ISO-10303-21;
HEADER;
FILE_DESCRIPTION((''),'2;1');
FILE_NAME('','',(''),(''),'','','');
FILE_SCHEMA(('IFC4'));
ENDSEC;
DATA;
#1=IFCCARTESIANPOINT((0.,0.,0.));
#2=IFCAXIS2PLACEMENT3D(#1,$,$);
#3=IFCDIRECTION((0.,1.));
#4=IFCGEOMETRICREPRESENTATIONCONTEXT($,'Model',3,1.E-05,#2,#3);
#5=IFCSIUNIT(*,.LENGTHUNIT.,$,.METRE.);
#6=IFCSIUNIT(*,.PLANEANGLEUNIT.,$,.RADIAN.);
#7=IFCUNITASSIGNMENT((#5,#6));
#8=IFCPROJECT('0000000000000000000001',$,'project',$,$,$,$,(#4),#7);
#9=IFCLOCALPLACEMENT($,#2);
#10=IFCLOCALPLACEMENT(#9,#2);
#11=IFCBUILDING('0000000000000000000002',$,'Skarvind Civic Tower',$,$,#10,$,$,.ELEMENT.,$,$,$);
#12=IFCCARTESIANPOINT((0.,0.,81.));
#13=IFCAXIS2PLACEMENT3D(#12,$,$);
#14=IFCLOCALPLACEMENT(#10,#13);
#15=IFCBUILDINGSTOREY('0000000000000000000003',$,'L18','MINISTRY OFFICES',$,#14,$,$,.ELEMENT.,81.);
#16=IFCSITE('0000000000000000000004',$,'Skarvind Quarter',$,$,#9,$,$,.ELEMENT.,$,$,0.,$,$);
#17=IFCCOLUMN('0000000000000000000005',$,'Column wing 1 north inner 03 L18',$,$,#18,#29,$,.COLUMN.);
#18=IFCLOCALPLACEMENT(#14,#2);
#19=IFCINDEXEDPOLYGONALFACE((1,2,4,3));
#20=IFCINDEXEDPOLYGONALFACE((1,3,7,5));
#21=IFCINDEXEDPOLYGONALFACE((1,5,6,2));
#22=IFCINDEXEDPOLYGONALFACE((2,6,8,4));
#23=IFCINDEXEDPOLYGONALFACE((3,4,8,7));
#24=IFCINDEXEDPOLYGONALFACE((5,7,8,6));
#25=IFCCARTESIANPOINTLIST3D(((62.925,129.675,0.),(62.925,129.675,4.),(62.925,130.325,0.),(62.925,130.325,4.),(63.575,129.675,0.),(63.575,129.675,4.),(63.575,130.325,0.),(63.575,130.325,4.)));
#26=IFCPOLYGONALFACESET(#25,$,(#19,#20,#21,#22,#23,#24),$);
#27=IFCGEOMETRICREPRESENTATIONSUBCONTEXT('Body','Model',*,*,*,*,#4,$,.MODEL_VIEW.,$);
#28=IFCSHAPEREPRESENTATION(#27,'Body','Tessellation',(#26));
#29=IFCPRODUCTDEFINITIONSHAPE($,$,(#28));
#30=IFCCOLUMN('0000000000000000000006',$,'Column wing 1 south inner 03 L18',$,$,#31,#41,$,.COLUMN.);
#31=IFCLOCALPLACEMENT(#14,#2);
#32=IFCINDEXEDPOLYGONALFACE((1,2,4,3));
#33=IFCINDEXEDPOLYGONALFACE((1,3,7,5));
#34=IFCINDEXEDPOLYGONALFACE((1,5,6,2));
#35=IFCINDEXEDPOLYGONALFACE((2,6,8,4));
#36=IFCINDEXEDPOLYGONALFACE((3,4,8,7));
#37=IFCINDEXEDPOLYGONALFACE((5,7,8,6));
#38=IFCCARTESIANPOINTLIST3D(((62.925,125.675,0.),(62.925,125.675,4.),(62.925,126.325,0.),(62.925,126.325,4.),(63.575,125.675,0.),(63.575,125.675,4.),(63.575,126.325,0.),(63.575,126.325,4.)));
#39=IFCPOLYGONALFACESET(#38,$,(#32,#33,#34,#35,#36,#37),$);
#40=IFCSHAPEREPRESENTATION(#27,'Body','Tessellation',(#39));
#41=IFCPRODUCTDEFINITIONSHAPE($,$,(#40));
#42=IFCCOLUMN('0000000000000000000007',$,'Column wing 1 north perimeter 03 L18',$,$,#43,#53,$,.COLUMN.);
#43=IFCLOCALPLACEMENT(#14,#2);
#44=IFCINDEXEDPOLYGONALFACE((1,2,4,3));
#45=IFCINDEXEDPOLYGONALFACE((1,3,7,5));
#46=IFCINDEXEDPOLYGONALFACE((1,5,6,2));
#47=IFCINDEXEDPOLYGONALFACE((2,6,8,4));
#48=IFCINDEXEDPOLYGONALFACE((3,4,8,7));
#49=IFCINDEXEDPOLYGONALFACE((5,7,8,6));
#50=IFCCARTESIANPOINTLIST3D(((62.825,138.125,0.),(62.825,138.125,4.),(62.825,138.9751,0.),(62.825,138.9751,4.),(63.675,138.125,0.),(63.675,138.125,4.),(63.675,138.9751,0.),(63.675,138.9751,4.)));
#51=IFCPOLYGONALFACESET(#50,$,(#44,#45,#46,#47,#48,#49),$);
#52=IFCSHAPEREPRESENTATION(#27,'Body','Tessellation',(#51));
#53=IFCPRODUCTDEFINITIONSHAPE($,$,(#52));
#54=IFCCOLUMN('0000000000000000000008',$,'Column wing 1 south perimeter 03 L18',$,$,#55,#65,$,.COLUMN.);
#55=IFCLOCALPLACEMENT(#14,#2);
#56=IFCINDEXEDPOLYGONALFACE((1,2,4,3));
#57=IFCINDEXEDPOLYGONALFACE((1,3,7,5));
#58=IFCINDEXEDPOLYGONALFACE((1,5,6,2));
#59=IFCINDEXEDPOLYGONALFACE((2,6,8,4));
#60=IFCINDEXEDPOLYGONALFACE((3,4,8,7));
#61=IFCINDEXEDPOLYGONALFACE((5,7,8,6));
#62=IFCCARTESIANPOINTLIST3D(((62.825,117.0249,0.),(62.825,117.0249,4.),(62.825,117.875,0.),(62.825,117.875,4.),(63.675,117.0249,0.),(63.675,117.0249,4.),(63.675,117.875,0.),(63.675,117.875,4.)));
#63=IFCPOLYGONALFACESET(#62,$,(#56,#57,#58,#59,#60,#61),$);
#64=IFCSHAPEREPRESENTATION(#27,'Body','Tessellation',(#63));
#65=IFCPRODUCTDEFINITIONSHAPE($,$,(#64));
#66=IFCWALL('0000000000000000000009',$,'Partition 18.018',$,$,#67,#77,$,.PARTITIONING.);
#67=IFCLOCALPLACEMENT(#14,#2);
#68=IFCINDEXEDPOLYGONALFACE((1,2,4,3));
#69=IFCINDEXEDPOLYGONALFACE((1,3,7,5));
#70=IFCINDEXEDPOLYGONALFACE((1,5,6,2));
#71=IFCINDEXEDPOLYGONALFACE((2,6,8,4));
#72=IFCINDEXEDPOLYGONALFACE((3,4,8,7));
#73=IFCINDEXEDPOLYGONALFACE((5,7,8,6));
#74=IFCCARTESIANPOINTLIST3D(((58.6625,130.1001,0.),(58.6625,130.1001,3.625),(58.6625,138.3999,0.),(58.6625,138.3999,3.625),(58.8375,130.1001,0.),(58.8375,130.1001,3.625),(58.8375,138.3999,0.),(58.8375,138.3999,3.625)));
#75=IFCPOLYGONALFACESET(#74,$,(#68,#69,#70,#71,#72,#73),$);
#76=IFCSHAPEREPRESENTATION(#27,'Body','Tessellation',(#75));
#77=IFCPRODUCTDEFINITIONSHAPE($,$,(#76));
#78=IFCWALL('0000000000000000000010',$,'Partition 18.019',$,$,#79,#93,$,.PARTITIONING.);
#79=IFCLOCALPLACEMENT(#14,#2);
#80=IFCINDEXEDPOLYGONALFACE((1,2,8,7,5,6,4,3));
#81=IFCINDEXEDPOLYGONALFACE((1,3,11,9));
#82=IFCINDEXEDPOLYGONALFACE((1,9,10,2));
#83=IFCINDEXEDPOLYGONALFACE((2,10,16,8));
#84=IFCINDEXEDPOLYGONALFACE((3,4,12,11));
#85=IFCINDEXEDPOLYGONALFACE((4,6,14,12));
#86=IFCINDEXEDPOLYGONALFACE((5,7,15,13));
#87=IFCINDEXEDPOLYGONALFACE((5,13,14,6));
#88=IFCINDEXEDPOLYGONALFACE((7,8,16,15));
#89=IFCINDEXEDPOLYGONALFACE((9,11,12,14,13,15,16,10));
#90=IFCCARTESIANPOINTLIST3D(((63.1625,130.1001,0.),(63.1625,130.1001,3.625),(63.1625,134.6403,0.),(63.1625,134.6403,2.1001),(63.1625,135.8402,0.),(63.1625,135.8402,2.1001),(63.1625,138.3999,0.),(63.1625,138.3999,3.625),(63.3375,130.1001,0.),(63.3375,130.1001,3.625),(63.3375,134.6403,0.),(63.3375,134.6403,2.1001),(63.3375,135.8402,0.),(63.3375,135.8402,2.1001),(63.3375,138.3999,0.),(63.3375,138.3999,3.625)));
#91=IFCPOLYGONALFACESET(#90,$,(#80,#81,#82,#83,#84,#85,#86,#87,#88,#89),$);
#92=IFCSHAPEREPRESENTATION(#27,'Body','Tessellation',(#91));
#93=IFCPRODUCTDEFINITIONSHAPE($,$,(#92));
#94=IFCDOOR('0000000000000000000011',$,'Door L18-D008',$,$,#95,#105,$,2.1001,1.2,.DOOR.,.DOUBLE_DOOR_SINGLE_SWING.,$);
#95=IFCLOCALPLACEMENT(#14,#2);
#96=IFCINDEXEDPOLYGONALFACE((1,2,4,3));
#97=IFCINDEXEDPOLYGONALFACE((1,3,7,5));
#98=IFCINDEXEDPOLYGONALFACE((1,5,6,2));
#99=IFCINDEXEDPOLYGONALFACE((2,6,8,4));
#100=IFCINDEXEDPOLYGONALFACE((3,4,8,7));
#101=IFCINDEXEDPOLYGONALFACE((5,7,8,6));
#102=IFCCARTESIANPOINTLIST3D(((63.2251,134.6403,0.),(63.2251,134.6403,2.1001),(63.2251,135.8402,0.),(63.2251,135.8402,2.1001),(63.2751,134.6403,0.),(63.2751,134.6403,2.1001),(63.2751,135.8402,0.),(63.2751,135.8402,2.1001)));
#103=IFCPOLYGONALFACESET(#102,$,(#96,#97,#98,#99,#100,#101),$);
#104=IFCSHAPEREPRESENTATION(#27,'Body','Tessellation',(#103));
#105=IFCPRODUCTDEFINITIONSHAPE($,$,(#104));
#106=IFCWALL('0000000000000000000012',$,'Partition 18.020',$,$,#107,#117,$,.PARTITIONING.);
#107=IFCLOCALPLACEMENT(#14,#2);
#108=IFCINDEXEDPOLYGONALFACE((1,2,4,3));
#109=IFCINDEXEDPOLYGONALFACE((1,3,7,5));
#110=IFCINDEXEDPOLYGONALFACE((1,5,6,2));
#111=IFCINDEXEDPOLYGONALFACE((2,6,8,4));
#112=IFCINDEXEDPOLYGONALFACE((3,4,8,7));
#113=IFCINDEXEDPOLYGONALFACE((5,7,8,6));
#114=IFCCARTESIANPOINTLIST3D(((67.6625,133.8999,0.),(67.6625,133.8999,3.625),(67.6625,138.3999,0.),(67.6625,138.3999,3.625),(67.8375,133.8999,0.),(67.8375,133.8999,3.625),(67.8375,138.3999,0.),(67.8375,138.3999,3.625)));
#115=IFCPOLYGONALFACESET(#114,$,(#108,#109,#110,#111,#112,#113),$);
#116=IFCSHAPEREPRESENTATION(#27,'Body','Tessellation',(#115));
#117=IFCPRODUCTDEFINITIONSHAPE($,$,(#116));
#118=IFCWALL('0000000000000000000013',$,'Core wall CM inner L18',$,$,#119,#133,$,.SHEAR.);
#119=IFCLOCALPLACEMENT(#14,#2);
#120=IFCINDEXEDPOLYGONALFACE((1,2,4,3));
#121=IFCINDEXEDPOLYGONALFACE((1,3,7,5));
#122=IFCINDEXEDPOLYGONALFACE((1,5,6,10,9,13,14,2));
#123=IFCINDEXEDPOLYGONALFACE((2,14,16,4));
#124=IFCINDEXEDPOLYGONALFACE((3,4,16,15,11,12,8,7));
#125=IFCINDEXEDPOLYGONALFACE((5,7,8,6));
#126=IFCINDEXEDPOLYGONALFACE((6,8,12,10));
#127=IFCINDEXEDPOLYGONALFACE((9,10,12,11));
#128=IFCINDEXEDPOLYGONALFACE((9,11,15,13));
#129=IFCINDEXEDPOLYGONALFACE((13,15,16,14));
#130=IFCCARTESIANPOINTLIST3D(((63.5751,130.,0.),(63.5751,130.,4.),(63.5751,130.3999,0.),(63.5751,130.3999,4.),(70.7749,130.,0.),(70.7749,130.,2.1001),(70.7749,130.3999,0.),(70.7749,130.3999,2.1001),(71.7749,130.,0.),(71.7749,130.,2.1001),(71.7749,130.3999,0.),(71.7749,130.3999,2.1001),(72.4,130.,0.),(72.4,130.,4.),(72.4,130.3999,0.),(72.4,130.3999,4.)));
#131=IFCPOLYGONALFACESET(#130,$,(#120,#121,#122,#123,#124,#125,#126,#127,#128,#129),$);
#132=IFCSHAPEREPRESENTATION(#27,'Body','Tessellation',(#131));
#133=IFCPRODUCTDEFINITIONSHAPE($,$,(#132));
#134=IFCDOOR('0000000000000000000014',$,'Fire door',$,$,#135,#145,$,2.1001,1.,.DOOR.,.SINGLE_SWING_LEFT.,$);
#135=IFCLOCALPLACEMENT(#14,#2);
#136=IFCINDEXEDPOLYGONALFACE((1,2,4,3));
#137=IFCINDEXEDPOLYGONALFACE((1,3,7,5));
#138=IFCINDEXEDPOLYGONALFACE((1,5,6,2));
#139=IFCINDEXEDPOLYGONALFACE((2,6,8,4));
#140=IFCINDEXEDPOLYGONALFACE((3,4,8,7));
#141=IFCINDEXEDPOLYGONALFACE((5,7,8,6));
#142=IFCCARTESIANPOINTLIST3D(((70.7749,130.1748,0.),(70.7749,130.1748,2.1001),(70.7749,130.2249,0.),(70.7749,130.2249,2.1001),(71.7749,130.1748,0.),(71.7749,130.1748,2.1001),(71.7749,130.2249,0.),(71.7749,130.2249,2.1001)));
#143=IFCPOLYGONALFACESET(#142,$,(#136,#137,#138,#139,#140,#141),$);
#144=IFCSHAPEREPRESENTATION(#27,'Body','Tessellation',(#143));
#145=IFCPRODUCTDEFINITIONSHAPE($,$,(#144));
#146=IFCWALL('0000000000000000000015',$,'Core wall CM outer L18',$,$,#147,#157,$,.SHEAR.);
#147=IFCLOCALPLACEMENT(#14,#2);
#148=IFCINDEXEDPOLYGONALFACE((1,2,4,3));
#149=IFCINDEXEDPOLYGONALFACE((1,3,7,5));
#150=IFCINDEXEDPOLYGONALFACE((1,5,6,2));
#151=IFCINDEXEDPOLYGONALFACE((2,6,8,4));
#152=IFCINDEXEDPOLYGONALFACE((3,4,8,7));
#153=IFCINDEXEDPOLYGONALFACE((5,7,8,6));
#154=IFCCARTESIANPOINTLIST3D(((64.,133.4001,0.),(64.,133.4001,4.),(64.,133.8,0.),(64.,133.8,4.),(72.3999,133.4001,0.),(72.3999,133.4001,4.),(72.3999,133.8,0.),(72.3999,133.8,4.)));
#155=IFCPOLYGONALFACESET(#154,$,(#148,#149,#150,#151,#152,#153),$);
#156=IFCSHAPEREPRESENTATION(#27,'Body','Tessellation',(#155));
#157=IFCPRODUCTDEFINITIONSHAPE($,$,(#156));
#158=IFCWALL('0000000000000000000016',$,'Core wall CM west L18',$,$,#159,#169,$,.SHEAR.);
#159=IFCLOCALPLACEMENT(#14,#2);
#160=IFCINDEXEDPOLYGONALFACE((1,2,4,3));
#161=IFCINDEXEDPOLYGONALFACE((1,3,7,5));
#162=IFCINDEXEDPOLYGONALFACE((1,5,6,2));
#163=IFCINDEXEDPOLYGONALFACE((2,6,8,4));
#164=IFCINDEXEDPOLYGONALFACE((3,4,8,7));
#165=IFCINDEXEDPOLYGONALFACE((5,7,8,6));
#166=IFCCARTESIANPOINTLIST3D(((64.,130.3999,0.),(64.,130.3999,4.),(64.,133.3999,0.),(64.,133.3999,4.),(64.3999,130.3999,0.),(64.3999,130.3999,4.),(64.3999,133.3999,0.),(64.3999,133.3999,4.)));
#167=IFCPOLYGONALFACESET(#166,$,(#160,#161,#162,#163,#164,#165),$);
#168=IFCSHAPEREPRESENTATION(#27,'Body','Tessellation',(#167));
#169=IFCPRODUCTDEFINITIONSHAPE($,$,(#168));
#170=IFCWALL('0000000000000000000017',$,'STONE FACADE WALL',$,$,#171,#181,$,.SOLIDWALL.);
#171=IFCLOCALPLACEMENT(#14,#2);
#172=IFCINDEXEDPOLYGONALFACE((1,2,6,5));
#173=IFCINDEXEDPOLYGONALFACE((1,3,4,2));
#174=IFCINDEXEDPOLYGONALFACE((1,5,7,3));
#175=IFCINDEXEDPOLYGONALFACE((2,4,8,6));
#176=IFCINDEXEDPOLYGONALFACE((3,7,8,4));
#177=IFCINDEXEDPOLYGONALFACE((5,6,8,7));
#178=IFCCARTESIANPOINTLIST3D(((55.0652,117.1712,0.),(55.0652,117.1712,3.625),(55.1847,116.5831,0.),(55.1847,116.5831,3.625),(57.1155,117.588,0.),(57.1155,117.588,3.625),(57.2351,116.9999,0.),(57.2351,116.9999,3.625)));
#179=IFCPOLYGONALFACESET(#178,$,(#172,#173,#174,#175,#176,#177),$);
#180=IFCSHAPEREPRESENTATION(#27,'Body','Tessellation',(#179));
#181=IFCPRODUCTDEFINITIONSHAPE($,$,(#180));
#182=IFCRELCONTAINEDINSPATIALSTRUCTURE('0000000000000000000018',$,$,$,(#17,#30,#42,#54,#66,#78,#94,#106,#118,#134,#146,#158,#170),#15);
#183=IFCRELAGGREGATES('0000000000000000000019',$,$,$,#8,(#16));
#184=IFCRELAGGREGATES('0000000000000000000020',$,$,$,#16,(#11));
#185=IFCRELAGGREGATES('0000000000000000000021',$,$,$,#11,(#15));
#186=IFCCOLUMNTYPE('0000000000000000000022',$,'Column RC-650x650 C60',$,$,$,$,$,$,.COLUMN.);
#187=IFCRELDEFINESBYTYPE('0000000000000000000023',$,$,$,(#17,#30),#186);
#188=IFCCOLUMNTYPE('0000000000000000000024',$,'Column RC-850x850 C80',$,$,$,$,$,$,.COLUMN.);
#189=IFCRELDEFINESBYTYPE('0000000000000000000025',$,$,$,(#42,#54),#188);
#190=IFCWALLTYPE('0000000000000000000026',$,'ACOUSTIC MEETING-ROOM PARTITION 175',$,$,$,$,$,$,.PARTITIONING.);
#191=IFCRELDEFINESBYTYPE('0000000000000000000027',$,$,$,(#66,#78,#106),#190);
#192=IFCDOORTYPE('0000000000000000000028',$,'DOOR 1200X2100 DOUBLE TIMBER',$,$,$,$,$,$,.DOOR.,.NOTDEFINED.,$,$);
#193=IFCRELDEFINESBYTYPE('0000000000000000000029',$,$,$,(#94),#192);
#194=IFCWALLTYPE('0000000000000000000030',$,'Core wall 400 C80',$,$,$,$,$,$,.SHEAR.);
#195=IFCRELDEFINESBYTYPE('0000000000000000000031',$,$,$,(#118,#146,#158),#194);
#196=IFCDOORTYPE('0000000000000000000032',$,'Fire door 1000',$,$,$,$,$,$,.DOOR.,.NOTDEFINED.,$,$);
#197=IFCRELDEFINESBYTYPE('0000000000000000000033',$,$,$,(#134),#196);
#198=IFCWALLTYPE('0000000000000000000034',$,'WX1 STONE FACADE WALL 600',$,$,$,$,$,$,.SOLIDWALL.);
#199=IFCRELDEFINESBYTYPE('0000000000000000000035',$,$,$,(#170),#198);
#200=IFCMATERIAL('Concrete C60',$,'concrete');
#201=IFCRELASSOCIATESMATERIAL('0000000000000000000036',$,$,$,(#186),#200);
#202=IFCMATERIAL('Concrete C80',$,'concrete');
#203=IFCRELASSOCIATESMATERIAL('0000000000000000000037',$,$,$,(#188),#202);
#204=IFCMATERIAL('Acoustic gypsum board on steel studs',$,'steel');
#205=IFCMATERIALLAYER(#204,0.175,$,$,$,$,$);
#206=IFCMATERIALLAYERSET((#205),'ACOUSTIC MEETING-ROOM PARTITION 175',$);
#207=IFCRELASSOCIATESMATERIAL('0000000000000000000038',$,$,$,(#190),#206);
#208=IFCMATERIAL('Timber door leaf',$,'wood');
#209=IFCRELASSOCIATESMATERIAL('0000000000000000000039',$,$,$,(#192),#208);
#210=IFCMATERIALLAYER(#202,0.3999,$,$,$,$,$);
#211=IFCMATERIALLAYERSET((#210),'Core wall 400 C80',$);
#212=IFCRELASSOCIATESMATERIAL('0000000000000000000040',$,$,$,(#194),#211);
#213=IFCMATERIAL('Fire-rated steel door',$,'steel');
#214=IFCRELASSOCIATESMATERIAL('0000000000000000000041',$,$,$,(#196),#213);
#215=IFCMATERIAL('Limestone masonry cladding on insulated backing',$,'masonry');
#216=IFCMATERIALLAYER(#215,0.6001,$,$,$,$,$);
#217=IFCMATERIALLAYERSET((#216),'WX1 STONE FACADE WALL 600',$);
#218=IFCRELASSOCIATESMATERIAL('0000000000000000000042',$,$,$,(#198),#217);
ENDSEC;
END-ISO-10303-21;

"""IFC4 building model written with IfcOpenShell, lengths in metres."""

from ifc_helpers import new_model, si_unit, direction, frame, frame_2d, origin, origin_2d, place, context, subcontext, project, spatial, rectangle, extrude, material, layer, layer_set, material_profile, profile_set, type_object, element, fill, save


model = new_model("IFC4")

# Units and contexts
model_context = context("Model", 3, precision=1e-05, world=origin(), true_north=direction((0.0, 1.0)))
body_context = subcontext(model_context, "Body", "Model", "MODEL_VIEW")
ifc_project = project(units=[si_unit("LENGTHUNIT", "METRE"), si_unit("PLANEANGLEUNIT", "RADIAN")], contexts=[model_context])

# Site, building, storey
site_placement = place(None, origin())
site = spatial("IfcSite", under=ifc_project, at=site_placement, Name="Skarvind Quarter", CompositionType="ELEMENT", RefElevation=0.0)
building_placement = place(site_placement, origin())
building = spatial("IfcBuilding", under=site, at=building_placement, Name="Skarvind Civic Tower", CompositionType="ELEMENT")
storey_placement = place(building_placement, frame((0.0, 0.0, 81.0)))
storey = spatial("IfcBuildingStorey", under=building, at=storey_placement, Name="L18", Description="MINISTRY OFFICES", CompositionType="ELEMENT", Elevation=81.0)

# Columns
ifc_material_1 = material(Name="Concrete C60", Category="concrete")
ifc_material_profile_1 = material_profile(ifc_material_1, rectangle(XDim=0.6499, YDim=0.6499, at=origin_2d()), Name="RC-650x650")
ifc_profile_set_1 = profile_set([ifc_material_profile_1], Name="Concrete C60")
column_type_1 = type_object("IfcColumnType", Name="Column RC-650x650 C60", PredefinedType="COLUMN", material=ifc_profile_set_1)
for number, where, z_axis, x_axis, name in (
    (1, (63.25, 130.0, 0.0), (0.0, 0.0, 1.0), (1.0, 0.0, 0.0), "Column wing 1 north inner 03 L18"),
    (2, (63.25, 126.0, 0.0), (0.0, 0.0, 1.0), (1.0, 0.0, 0.0), "Column wing 1 south inner 03 L18"),
):
    element("IfcColumn", number, at=place(storey_placement, frame(where, z_axis=z_axis, x_axis=x_axis)), inside=storey, type_object=column_type_1, Name=name, PredefinedType="COLUMN", context=body_context, shape_type="SweptSolid", body=[
        extrude(rectangle(XDim=0.6499, YDim=0.6499, at=origin_2d()), origin(), (0.0, 0.0, 1.0), 4.0),
    ])
ifc_material_2 = material(Name="Concrete C80", Category="concrete")
ifc_material_profile_2 = material_profile(ifc_material_2, rectangle(XDim=0.8501, YDim=0.8501, at=origin_2d()), Name="RC-850x850")
ifc_profile_set_2 = profile_set([ifc_material_profile_2], Name="Concrete C80")
column_type_2 = type_object("IfcColumnType", Name="Column RC-850x850 C80", PredefinedType="COLUMN", material=ifc_profile_set_2)
for number, where, z_axis, x_axis, name in (
    (3, (63.25, 138.55, 0.0), (0.0, 0.0, 1.0), (1.0, 0.0, 0.0), "Column wing 1 north perimeter 03 L18"),
    (4, (63.25, 117.45, 0.0), (0.0, 0.0, 1.0), (1.0, 0.0, 0.0), "Column wing 1 south perimeter 03 L18"),
):
    element("IfcColumn", number, at=place(storey_placement, frame(where, z_axis=z_axis, x_axis=x_axis)), inside=storey, type_object=column_type_2, Name=name, PredefinedType="COLUMN", context=body_context, shape_type="SweptSolid", body=[
        extrude(rectangle(XDim=0.8501, YDim=0.8501, at=origin_2d()), origin(), (0.0, 0.0, 1.0), 4.0),
    ])

# Wall
ifc_material_3 = material(Name="Acoustic gypsum board on steel studs", Category="steel")
ifc_layer_1 = layer(ifc_material_3, 0.175)
ifc_layer_set_1 = layer_set([ifc_layer_1], Name="ACOUSTIC MEETING-ROOM PARTITION 175")
wall_type_1 = type_object("IfcWallType", Name="ACOUSTIC MEETING-ROOM PARTITION 175", PredefinedType="PARTITIONING", material=ifc_layer_set_1)
wall_1_placement = place(storey_placement, frame((58.75, 130.1001, 0.0), z_axis=(0.0, 0.0, 1.0), x_axis=(0.0, 1.0, 0.0)))
element("IfcWall", 5, at=wall_1_placement, inside=storey, type_object=wall_type_1, Name="Partition 18.018", PredefinedType="PARTITIONING", context=body_context, shape_type="SweptSolid", body=[
    extrude(rectangle(XDim=8.2998, YDim=0.175, at=frame_2d((4.1499, 0.0))), origin(), (0.0, 0.0, 1.0), 3.625),
])

# Wall, opening, door
wall_2_placement = place(storey_placement, frame((63.25, 130.1001, 0.0), z_axis=(0.0, 0.0, 1.0), x_axis=(0.0, 1.0, 0.0)))
wall_2 = element("IfcWall", 6, at=wall_2_placement, inside=storey, type_object=wall_type_1, Name="Partition 18.019", PredefinedType="PARTITIONING", context=body_context, shape_type="SweptSolid", body=[
    extrude(rectangle(XDim=8.2998, YDim=0.175, at=frame_2d((4.1499, 0.0))), origin(), (0.0, 0.0, 1.0), 3.625),
])
opening_1_placement = place(wall_2_placement, frame((4.54, 0.0, 0.0)))
opening_1 = element("IfcOpeningElement", 7, at=opening_1_placement, cuts=wall_2, PredefinedType="OPENING", context=body_context, shape_type="SweptSolid", body=[
    extrude(rectangle(XDim=1.2, YDim=2.1001, at=frame_2d((0.6001, 1.05))), frame((0.0, 0.0974, 0.0), z_axis=(0.0, -1.0, 0.0), x_axis=(1.0, 0.0, 0.0)), (0.0, 0.0, 1.0), 0.1951),
])
ifc_material_4 = material(Name="Timber door leaf", Category="wood")
door_type_1 = type_object("IfcDoorType", Name="DOOR 1200X2100 DOUBLE TIMBER", OperationType="NOTDEFINED", PredefinedType="DOOR", material=ifc_material_4)
door_1_placement = place(opening_1_placement, origin())
door_1 = element("IfcDoor", 8, at=door_1_placement, inside=storey, type_object=door_type_1, Name="Door L18-D008", OperationType="DOUBLE_DOOR_SINGLE_SWING", OverallHeight=2.1001, OverallWidth=1.2, PredefinedType="DOOR", context=body_context, shape_type="SweptSolid", body=[
    extrude(rectangle(XDim=1.2, YDim=2.1001, at=frame_2d((0.6001, 1.05))), frame((0.0, 0.0249, 0.0), z_axis=(0.0, -1.0, 0.0), x_axis=(1.0, 0.0, 0.0)), (0.0, 0.0, 1.0), 0.05),
])
fill(opening_1, door_1)

# Wall
wall_3_placement = place(storey_placement, frame((67.75, 133.8999, 0.0), z_axis=(0.0, 0.0, 1.0), x_axis=(0.0, 1.0, 0.0)))
element("IfcWall", 9, at=wall_3_placement, inside=storey, type_object=wall_type_1, Name="Partition 18.020", PredefinedType="PARTITIONING", context=body_context, shape_type="SweptSolid", body=[
    extrude(rectangle(XDim=4.5, YDim=0.175, at=frame_2d((2.25, 0.0))), origin(), (0.0, 0.0, 1.0), 3.625),
])

# Wall, opening, door
ifc_layer_2 = layer(ifc_material_2, 0.3999)
ifc_layer_set_2 = layer_set([ifc_layer_2], Name="Core wall 400 C80")
wall_type_2 = type_object("IfcWallType", Name="Core wall 400 C80", PredefinedType="SHEAR", material=ifc_layer_set_2)
wall_4_placement = place(storey_placement, frame((63.575, 130.2, 0.0), z_axis=(0.0, 0.0, 1.0), x_axis=(1.0, 0.0, 0.0)))
wall_4 = element("IfcWall", 10, at=wall_4_placement, inside=storey, type_object=wall_type_2, Name="Core wall CM inner L18", PredefinedType="SHEAR", context=body_context, shape_type="SweptSolid", body=[
    extrude(rectangle(XDim=8.825, YDim=0.3999, at=frame_2d((4.4126, 0.0))), origin(), (0.0, 0.0, 1.0), 4.0),
])
opening_2_placement = place(wall_4_placement, frame((7.2, 0.0, 0.0)))
opening_2 = element("IfcOpeningElement", 11, at=opening_2_placement, cuts=wall_4, PredefinedType="OPENING", context=body_context, shape_type="SweptSolid", body=[
    extrude(rectangle(XDim=1.0, YDim=2.1001, at=frame_2d((0.5, 1.05))), frame((0.0, 0.21, 0.0), z_axis=(0.0, -1.0, 0.0), x_axis=(1.0, 0.0, 0.0)), (0.0, 0.0, 1.0), 0.4199),
])
ifc_material_5 = material(Name="Fire-rated steel door", Category="steel")
door_type_2 = type_object("IfcDoorType", Name="Fire door 1000", OperationType="NOTDEFINED", PredefinedType="DOOR", material=ifc_material_5)
door_2_placement = place(opening_2_placement, origin())
door_2 = element("IfcDoor", 12, at=door_2_placement, inside=storey, type_object=door_type_2, Name="Fire door", OperationType="SINGLE_SWING_LEFT", OverallHeight=2.1001, OverallWidth=1.0, PredefinedType="DOOR", context=body_context, shape_type="SweptSolid", body=[
    extrude(rectangle(XDim=1.0, YDim=2.1001, at=frame_2d((0.5, 1.05))), frame((0.0, 0.0249, 0.0), z_axis=(0.0, -1.0, 0.0), x_axis=(1.0, 0.0, 0.0)), (0.0, 0.0, 1.0), 0.05),
])
fill(opening_2, door_2)

# Walls
wall_5_placement = place(storey_placement, frame((64.0, 133.6001, 0.0), z_axis=(0.0, 0.0, 1.0), x_axis=(1.0, 0.0, 0.0)))
element("IfcWall", 13, at=wall_5_placement, inside=storey, type_object=wall_type_2, Name="Core wall CM outer L18", PredefinedType="SHEAR", context=body_context, shape_type="SweptSolid", body=[
    extrude(rectangle(XDim=8.3999, YDim=0.3999, at=frame_2d((4.2, 0.0))), origin(), (0.0, 0.0, 1.0), 4.0),
])
wall_6_placement = place(storey_placement, frame((64.2, 130.3999, 0.0), z_axis=(0.0, 0.0, 1.0), x_axis=(0.0, 1.0, 0.0)))
element("IfcWall", 14, at=wall_6_placement, inside=storey, type_object=wall_type_2, Name="Core wall CM west L18", PredefinedType="SHEAR", context=body_context, shape_type="SweptSolid", body=[
    extrude(rectangle(XDim=3.0, YDim=0.3999, at=frame_2d((1.5, 0.0))), origin(), (0.0, 0.0, 1.0), 4.0),
])
ifc_material_6 = material(Name="Limestone masonry cladding on insulated backing", Category="masonry")
ifc_layer_3 = layer(ifc_material_6, 0.6001)
ifc_layer_set_3 = layer_set([ifc_layer_3], Name="WX1 STONE FACADE WALL 600")
wall_type_3 = type_object("IfcWallType", Name="WX1 STONE FACADE WALL 600", PredefinedType="SOLIDWALL", material=ifc_layer_set_3)
wall_7_placement = place(storey_placement, frame((57.1753, 117.2939, 0.0), z_axis=(0.0, 0.0, 1.0), x_axis=(-0.979961, -0.199189, 0.0)))
element("IfcWall", 15, at=wall_7_placement, inside=storey, type_object=wall_type_3, Name="STONE FACADE WALL", PredefinedType="SOLIDWALL", context=body_context, shape_type="SweptSolid", body=[
    extrude(rectangle(XDim=2.0923, YDim=0.6001, at=frame_2d((1.0461, 0.0))), origin(), (0.0, 0.0, 1.0), 3.625),
])

save(model, "model.ifc")
